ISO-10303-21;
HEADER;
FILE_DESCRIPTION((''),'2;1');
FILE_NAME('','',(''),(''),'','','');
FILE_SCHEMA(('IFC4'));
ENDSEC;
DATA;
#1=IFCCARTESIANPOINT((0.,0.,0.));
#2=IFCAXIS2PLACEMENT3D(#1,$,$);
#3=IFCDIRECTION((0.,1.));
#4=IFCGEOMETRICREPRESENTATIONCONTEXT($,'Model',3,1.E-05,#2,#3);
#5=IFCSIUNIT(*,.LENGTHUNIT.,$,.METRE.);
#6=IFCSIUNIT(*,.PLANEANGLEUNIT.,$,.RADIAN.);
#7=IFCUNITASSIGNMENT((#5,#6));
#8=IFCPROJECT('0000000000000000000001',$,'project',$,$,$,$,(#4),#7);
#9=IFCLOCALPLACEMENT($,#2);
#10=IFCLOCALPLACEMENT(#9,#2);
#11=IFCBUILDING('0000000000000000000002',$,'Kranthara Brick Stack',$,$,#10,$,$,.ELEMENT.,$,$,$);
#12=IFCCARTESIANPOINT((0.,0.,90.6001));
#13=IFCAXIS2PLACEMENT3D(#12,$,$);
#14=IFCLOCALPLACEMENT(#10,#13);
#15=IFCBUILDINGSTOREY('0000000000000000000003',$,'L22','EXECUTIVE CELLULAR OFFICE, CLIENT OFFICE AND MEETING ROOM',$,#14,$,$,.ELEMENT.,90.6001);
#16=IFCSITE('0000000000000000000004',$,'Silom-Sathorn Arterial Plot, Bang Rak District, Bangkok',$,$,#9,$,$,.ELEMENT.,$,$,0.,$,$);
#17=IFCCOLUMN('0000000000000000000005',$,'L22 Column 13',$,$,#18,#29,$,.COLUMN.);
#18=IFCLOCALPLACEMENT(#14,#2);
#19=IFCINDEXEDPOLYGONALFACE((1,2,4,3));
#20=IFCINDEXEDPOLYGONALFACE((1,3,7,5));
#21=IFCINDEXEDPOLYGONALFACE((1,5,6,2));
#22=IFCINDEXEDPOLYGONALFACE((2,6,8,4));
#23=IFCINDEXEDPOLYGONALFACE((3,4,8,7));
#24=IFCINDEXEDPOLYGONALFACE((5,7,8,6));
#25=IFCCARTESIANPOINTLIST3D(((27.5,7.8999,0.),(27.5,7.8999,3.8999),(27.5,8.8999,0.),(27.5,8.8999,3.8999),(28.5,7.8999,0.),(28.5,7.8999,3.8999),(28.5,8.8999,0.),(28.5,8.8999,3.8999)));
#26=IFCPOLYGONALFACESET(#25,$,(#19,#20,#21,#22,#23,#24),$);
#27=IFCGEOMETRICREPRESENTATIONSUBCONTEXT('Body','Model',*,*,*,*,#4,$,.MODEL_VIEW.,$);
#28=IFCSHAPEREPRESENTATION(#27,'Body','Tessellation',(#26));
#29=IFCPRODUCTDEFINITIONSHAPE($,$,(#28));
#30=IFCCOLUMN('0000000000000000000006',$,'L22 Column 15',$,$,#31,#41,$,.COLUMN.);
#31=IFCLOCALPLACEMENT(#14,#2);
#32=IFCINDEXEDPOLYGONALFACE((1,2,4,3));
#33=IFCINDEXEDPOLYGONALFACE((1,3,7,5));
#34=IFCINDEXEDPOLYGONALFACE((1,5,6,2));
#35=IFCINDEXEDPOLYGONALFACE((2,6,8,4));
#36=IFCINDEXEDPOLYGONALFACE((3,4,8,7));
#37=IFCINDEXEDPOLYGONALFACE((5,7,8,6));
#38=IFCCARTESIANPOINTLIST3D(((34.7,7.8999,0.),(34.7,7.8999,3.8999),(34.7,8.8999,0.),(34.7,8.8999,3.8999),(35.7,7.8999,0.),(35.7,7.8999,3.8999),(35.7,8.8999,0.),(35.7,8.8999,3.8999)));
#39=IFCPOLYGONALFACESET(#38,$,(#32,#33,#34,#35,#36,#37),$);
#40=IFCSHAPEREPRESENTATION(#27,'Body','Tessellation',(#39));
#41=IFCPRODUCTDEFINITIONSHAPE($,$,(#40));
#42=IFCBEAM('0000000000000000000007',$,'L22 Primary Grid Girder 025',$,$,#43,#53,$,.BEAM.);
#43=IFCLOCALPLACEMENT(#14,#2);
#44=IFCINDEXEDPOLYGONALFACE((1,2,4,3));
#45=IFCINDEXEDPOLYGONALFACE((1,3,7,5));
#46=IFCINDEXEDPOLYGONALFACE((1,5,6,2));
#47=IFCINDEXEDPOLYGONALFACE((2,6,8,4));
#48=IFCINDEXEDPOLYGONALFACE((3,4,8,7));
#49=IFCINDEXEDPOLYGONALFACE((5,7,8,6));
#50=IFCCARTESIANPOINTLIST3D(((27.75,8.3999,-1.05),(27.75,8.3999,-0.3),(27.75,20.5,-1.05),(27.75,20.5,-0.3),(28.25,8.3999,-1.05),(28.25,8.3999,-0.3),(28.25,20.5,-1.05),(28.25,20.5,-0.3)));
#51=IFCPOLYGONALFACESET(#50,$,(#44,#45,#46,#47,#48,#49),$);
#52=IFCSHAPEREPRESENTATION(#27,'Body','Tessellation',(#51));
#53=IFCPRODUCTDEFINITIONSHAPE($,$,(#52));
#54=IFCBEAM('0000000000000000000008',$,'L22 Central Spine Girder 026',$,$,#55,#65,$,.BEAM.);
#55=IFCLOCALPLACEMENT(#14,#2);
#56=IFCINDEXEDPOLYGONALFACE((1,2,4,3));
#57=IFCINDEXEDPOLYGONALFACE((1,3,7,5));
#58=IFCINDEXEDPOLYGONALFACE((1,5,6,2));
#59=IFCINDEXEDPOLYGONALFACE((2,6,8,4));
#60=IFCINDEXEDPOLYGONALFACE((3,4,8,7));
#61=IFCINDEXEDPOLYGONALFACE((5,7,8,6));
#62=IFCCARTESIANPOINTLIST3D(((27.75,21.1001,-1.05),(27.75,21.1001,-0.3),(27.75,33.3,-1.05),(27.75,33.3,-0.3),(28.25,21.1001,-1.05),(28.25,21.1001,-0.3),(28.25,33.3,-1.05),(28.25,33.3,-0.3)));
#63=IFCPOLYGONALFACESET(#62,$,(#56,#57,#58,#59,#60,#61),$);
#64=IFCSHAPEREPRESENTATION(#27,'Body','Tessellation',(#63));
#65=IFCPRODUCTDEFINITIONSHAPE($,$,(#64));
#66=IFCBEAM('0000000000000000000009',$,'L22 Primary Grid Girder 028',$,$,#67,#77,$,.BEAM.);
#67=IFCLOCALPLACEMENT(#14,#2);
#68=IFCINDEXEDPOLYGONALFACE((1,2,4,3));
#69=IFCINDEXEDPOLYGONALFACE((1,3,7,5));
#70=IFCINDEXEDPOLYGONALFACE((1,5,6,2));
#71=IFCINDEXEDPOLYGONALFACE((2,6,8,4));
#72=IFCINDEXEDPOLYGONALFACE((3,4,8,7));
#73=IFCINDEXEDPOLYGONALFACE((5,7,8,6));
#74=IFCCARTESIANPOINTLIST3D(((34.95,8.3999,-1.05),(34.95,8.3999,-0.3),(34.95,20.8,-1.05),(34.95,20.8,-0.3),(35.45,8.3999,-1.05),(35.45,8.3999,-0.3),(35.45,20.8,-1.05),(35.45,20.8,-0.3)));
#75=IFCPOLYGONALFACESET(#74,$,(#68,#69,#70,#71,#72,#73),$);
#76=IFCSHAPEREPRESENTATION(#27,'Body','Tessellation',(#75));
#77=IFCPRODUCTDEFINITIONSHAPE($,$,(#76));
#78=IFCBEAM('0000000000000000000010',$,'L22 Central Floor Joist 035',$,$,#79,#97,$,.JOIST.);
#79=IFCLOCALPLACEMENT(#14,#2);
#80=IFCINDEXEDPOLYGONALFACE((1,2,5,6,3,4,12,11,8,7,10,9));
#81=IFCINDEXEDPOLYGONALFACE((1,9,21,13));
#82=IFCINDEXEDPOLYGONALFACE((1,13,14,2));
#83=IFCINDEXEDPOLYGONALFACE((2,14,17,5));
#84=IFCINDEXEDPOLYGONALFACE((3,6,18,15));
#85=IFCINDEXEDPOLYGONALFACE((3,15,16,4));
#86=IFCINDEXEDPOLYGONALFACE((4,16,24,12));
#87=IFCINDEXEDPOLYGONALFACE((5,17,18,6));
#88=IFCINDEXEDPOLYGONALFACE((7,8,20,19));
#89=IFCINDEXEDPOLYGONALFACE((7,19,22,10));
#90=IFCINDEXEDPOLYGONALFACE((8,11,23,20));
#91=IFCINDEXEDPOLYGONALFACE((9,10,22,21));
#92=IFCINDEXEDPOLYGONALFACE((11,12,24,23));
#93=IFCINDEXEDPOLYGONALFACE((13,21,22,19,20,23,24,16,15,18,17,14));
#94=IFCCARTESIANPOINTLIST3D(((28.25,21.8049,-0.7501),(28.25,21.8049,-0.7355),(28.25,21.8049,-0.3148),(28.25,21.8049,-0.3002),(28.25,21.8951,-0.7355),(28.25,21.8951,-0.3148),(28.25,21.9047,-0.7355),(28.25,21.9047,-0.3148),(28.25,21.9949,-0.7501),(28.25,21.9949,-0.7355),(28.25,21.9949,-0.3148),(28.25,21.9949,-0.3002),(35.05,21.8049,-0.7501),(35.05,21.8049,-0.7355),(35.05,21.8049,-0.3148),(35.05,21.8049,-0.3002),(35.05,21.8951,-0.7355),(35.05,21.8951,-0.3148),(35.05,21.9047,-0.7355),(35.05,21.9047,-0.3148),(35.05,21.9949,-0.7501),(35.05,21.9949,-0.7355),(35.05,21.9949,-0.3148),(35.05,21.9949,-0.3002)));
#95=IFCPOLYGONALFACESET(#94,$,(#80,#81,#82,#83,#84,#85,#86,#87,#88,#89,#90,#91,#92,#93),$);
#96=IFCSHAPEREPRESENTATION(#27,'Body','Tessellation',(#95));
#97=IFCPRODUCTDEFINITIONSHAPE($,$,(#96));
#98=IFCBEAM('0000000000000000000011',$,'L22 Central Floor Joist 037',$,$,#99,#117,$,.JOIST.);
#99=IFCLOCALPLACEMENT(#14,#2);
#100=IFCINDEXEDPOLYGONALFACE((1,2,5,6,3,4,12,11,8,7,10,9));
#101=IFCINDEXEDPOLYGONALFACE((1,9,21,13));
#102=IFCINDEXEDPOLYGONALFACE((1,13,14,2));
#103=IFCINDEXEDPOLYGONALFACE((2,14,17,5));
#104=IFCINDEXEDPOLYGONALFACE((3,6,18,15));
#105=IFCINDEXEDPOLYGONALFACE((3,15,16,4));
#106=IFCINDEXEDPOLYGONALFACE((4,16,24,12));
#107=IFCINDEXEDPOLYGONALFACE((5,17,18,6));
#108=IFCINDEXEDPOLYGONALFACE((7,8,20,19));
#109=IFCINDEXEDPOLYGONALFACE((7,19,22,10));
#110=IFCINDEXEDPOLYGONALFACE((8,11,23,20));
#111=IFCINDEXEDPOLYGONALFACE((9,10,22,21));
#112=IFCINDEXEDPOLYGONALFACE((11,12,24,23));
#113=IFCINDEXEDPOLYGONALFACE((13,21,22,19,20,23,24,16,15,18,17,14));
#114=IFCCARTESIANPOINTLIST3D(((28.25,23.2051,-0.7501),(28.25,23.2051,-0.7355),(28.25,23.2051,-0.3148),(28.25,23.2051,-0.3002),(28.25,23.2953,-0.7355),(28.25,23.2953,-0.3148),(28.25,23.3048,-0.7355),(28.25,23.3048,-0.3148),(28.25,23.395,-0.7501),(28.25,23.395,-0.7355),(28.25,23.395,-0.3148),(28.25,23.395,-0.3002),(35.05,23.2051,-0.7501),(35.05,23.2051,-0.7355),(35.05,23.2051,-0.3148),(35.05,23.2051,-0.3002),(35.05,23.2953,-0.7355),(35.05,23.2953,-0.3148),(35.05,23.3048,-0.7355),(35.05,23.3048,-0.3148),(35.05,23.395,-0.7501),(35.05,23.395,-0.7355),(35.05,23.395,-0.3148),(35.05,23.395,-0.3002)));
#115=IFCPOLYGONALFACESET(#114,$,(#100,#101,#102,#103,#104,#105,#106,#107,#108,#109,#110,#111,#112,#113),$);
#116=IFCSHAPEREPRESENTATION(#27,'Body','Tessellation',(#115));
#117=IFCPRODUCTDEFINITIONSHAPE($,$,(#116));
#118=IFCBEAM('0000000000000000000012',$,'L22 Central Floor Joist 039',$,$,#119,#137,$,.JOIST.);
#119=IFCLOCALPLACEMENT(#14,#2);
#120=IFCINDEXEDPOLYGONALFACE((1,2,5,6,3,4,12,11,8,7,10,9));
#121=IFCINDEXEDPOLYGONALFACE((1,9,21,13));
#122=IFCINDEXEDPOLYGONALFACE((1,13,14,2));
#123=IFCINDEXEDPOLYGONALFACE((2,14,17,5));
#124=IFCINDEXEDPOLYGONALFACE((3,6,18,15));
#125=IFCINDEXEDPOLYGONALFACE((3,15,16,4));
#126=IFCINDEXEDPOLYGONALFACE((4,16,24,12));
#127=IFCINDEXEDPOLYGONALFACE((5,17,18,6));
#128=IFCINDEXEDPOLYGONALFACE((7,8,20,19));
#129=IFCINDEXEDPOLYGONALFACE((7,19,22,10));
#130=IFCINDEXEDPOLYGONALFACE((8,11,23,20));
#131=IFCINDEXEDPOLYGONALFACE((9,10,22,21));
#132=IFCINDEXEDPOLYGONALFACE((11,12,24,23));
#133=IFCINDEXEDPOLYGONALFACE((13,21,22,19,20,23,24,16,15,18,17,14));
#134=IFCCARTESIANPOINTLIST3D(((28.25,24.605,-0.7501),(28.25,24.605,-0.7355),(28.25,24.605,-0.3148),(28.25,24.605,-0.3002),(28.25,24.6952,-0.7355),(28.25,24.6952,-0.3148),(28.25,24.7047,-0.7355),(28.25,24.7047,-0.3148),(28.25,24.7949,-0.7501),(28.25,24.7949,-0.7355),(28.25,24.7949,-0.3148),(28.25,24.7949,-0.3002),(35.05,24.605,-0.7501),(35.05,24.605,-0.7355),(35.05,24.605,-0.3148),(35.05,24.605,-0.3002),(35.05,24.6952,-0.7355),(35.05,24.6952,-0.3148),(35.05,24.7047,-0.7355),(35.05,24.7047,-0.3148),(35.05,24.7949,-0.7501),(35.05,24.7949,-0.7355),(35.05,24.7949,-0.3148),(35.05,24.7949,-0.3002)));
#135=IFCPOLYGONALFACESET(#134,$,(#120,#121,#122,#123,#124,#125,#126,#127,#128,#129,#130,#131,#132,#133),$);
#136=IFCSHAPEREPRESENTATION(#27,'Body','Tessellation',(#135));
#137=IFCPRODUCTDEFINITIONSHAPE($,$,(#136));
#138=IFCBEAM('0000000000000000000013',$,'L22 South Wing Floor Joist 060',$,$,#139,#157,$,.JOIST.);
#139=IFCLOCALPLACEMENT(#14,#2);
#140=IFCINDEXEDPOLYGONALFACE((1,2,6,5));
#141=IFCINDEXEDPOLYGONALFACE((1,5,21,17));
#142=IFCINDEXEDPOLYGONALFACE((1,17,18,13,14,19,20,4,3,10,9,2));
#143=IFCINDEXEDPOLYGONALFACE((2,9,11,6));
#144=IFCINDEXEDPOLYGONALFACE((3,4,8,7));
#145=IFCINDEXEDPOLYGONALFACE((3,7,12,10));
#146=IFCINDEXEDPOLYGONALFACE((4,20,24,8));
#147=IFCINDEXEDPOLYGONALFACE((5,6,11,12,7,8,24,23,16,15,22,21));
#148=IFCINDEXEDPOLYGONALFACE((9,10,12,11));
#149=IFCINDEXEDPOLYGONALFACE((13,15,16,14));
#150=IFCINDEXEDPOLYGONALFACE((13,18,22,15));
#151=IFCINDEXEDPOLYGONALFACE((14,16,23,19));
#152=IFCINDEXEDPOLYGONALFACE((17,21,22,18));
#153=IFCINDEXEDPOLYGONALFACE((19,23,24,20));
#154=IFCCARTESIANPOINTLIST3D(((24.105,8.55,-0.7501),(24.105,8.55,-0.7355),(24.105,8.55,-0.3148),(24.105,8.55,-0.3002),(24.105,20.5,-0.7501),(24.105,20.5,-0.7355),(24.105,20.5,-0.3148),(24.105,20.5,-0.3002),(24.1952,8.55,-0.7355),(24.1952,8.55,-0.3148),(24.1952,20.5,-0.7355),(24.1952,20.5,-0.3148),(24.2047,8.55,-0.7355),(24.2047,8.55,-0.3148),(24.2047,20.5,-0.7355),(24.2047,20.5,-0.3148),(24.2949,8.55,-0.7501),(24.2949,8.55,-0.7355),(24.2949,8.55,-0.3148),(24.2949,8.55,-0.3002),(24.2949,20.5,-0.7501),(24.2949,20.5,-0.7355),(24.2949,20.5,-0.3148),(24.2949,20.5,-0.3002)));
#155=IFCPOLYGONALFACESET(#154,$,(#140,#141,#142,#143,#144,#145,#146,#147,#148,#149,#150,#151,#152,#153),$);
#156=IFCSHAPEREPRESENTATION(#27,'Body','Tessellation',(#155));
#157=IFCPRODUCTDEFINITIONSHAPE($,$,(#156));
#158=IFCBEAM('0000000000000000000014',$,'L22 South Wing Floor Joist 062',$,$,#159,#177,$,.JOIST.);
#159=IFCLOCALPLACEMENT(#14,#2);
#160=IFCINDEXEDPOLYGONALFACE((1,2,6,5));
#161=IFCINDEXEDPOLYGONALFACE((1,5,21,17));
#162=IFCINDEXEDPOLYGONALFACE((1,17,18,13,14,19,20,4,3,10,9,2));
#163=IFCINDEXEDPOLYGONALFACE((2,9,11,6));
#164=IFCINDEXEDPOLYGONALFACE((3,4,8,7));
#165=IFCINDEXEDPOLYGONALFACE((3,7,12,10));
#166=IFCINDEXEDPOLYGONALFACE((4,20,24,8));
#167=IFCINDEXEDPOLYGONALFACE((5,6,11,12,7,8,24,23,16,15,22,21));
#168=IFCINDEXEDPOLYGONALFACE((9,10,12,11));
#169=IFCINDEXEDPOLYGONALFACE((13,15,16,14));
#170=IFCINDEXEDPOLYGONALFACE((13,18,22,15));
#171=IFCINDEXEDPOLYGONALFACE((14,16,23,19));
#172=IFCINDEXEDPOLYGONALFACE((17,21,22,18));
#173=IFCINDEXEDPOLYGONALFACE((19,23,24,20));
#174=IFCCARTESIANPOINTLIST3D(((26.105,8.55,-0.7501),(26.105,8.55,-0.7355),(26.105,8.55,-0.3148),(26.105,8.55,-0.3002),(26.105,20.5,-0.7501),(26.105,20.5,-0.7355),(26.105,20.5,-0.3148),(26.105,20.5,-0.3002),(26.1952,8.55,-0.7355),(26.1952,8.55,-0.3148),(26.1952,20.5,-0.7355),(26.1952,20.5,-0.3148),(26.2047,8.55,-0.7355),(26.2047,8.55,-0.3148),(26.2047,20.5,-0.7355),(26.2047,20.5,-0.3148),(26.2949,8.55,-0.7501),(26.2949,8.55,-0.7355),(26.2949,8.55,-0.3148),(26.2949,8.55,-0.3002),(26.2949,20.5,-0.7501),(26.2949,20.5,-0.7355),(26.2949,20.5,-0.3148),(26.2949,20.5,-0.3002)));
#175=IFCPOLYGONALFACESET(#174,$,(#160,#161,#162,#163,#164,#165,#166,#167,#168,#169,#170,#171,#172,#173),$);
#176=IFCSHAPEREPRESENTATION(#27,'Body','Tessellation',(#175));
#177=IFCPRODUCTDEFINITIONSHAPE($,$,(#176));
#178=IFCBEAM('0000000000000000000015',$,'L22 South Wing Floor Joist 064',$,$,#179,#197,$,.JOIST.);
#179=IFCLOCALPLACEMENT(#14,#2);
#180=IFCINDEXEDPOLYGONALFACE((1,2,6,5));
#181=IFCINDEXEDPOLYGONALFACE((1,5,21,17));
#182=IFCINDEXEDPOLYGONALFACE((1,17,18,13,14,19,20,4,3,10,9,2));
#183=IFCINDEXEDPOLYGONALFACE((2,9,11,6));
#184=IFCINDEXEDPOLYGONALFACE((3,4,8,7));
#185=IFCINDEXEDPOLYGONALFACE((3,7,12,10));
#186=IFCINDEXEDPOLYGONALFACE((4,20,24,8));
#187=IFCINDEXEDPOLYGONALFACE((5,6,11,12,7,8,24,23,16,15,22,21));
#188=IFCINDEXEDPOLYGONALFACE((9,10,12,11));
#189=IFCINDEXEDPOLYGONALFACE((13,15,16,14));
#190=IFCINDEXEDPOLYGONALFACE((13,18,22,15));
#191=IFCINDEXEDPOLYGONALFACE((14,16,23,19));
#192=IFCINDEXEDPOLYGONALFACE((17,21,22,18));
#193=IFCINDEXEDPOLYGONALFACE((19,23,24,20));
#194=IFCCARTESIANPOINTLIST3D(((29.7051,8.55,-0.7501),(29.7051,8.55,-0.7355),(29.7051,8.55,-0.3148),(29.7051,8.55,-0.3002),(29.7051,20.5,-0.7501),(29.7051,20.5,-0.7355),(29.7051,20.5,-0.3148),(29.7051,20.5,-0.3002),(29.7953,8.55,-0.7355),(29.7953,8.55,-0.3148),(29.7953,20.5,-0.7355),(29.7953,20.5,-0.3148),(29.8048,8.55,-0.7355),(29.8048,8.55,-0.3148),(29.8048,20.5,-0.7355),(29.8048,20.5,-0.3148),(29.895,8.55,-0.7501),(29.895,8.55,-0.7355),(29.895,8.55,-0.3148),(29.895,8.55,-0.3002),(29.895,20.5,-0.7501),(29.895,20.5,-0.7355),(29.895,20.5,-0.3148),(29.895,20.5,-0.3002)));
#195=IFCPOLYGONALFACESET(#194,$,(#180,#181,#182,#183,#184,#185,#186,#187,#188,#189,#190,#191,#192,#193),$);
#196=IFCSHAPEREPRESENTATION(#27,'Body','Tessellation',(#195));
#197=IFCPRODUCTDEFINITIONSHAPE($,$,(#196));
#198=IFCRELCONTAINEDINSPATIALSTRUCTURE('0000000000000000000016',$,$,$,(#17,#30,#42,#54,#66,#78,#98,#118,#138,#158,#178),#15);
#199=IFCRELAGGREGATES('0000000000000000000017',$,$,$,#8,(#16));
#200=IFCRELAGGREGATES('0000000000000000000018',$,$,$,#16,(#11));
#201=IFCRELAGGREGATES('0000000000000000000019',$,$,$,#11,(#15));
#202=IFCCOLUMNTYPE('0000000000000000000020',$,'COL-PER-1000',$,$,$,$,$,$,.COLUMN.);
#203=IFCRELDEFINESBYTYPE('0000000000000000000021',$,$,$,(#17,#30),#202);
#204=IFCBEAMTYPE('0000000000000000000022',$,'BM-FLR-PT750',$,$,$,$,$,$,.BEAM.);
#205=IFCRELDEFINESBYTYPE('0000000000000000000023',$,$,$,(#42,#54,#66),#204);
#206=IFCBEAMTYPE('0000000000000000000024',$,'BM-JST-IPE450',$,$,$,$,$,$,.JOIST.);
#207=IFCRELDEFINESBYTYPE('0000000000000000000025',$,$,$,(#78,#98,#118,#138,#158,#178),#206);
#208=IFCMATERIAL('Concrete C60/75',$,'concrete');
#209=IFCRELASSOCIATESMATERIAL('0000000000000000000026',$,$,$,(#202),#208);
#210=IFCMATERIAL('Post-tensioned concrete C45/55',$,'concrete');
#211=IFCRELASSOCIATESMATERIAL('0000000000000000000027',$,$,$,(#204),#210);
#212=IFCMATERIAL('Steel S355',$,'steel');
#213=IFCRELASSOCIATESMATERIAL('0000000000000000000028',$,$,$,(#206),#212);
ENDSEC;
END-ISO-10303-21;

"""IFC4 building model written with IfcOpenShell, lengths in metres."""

from ifc_helpers import new_model, si_unit, direction, frame, origin, origin_2d, place, context, subcontext, project, spatial, rectangle, i_section, extrude, material, material_profile, profile_set, type_object, element, save


model = new_model("IFC4")

# Units and contexts
model_context = context("Model", 3, precision=1e-05, world=origin(), true_north=direction((0.0, 1.0)))
body_context = subcontext(model_context, "Body", "Model", "MODEL_VIEW")
ifc_project = project(units=[si_unit("LENGTHUNIT", "METRE"), si_unit("PLANEANGLEUNIT", "RADIAN")], contexts=[model_context])

# Site, building, storey
site_placement = place(None, origin())
site = spatial("IfcSite", under=ifc_project, at=site_placement, Name="Silom-Sathorn Arterial Plot, Bang Rak District, Bangkok", CompositionType="ELEMENT", RefElevation=0.0)
building_placement = place(site_placement, origin())
building = spatial("IfcBuilding", under=site, at=building_placement, Name="Kranthara Brick Stack", CompositionType="ELEMENT")
storey_placement = place(building_placement, frame((0.0, 0.0, 90.6001)))
storey = spatial("IfcBuildingStorey", under=building, at=storey_placement, Name="L22", Description="EXECUTIVE CELLULAR OFFICE, CLIENT OFFICE AND MEETING ROOM", CompositionType="ELEMENT", Elevation=90.6001)

# Columns
ifc_material_1 = material(Name="Concrete C60/75", Category="concrete")
ifc_material_profile_1 = material_profile(ifc_material_1, rectangle(XDim=1.0, YDim=1.0, at=origin_2d()), Name="RC 1000x1000")
ifc_profile_set_1 = profile_set([ifc_material_profile_1], Name="Concrete C60/75")
column_type = type_object("IfcColumnType", Name="COL-PER-1000", PredefinedType="COLUMN", material=ifc_profile_set_1)
for number, where, z_axis, x_axis, name in (
    (1, (28.0, 8.3999, 0.0), (0.0, 0.0, 1.0), (1.0, 0.0, 0.0), "L22 Column 13"),
    (2, (35.2, 8.3999, 0.0), (0.0, 0.0, 1.0), (1.0, 0.0, 0.0), "L22 Column 15"),
):
    element("IfcColumn", number, at=place(storey_placement, frame(where, z_axis=z_axis, x_axis=x_axis)), inside=storey, type_object=column_type, Name=name, PredefinedType="COLUMN", context=body_context, shape_type="SweptSolid", body=[
        extrude(rectangle(XDim=1.0, YDim=1.0, at=origin_2d()), origin(), (0.0, 0.0, 1.0), 3.8999),
    ])

# Beams
ifc_material_2 = material(Name="Post-tensioned concrete C45/55", Category="concrete")
ifc_material_profile_2 = material_profile(ifc_material_2, rectangle(XDim=0.5, YDim=0.75, at=origin_2d()), Name="PT 500x750")
ifc_profile_set_2 = profile_set([ifc_material_profile_2], Name="Post-tensioned concrete C45/55")
beam_type_1 = type_object("IfcBeamType", Name="BM-FLR-PT750", PredefinedType="BEAM", material=ifc_profile_set_2)
beam_1_placement = place(storey_placement, frame((28.0, 8.3999, -0.675), z_axis=(0.0, 1.0, 0.0), x_axis=(-1.0, 0.0, 0.0)))
element("IfcBeam", 3, at=beam_1_placement, inside=storey, type_object=beam_type_1, Name="L22 Primary Grid Girder 025", PredefinedType="BEAM", context=body_context, shape_type="SweptSolid", body=[
    extrude(rectangle(XDim=0.5, YDim=0.75, at=origin_2d()), origin(), (0.0, 0.0, 1.0), 12.1001),
])
beam_2_placement = place(storey_placement, frame((28.0, 21.1001, -0.675), z_axis=(0.0, 1.0, 0.0), x_axis=(-1.0, 0.0, 0.0)))
element("IfcBeam", 4, at=beam_2_placement, inside=storey, type_object=beam_type_1, Name="L22 Central Spine Girder 026", PredefinedType="BEAM", context=body_context, shape_type="SweptSolid", body=[
    extrude(rectangle(XDim=0.5, YDim=0.75, at=origin_2d()), origin(), (0.0, 0.0, 1.0), 12.2),
])
beam_3_placement = place(storey_placement, frame((35.2, 8.3999, -0.675), z_axis=(0.0, 1.0, 0.0), x_axis=(-1.0, 0.0, 0.0)))
element("IfcBeam", 5, at=beam_3_placement, inside=storey, type_object=beam_type_1, Name="L22 Primary Grid Girder 028", PredefinedType="BEAM", context=body_context, shape_type="SweptSolid", body=[
    extrude(rectangle(XDim=0.5, YDim=0.75, at=origin_2d()), origin(), (0.0, 0.0, 1.0), 12.4001),
])
ifc_material_3 = material(Name="Steel S355", Category="steel")
ifc_material_profile_3 = material_profile(ifc_material_3, i_section(OverallWidth=0.1899, OverallDepth=0.45, WebThickness=0.0095, FlangeThickness=0.0146, at=origin_2d()), Name="IPE 450")
ifc_profile_set_3 = profile_set([ifc_material_profile_3], Name="Steel S355")
beam_type_2 = type_object("IfcBeamType", Name="BM-JST-IPE450", PredefinedType="JOIST", material=ifc_profile_set_3)
for number, where, z_axis, x_axis, name in (
    (6, (28.25, 21.8999, -0.5251), (1.0, 0.0, 0.0), (0.0, 1.0, 0.0), "L22 Central Floor Joist 035"),
    (7, (28.25, 23.3, -0.5251), (1.0, 0.0, 0.0), (0.0, 1.0, 0.0), "L22 Central Floor Joist 037"),
    (8, (28.25, 24.7, -0.5251), (1.0, 0.0, 0.0), (0.0, 1.0, 0.0), "L22 Central Floor Joist 039"),
):
    element("IfcBeam", number, at=place(storey_placement, frame(where, z_axis=z_axis, x_axis=x_axis)), inside=storey, type_object=beam_type_2, Name=name, PredefinedType="JOIST", context=body_context, shape_type="SweptSolid", body=[
        extrude(i_section(OverallWidth=0.1899, OverallDepth=0.45, WebThickness=0.0095, FlangeThickness=0.0146, at=origin_2d()), origin(), (0.0, 0.0, 1.0), 6.8),
    ])
for number, where, z_axis, x_axis, name in (
    (9, (24.2, 8.55, -0.5251), (0.0, 1.0, 0.0), (-1.0, 0.0, 0.0), "L22 South Wing Floor Joist 060"),
    (10, (26.2, 8.55, -0.5251), (0.0, 1.0, 0.0), (-1.0, 0.0, 0.0), "L22 South Wing Floor Joist 062"),
    (11, (29.8, 8.55, -0.5251), (0.0, 1.0, 0.0), (-1.0, 0.0, 0.0), "L22 South Wing Floor Joist 064"),
):
    element("IfcBeam", number, at=place(storey_placement, frame(where, z_axis=z_axis, x_axis=x_axis)), inside=storey, type_object=beam_type_2, Name=name, PredefinedType="JOIST", context=body_context, shape_type="SweptSolid", body=[
        extrude(i_section(OverallWidth=0.1899, OverallDepth=0.45, WebThickness=0.0095, FlangeThickness=0.0146, at=origin_2d()), origin(), (0.0, 0.0, 1.0), 11.95),
    ])

save(model, "model.ifc")
